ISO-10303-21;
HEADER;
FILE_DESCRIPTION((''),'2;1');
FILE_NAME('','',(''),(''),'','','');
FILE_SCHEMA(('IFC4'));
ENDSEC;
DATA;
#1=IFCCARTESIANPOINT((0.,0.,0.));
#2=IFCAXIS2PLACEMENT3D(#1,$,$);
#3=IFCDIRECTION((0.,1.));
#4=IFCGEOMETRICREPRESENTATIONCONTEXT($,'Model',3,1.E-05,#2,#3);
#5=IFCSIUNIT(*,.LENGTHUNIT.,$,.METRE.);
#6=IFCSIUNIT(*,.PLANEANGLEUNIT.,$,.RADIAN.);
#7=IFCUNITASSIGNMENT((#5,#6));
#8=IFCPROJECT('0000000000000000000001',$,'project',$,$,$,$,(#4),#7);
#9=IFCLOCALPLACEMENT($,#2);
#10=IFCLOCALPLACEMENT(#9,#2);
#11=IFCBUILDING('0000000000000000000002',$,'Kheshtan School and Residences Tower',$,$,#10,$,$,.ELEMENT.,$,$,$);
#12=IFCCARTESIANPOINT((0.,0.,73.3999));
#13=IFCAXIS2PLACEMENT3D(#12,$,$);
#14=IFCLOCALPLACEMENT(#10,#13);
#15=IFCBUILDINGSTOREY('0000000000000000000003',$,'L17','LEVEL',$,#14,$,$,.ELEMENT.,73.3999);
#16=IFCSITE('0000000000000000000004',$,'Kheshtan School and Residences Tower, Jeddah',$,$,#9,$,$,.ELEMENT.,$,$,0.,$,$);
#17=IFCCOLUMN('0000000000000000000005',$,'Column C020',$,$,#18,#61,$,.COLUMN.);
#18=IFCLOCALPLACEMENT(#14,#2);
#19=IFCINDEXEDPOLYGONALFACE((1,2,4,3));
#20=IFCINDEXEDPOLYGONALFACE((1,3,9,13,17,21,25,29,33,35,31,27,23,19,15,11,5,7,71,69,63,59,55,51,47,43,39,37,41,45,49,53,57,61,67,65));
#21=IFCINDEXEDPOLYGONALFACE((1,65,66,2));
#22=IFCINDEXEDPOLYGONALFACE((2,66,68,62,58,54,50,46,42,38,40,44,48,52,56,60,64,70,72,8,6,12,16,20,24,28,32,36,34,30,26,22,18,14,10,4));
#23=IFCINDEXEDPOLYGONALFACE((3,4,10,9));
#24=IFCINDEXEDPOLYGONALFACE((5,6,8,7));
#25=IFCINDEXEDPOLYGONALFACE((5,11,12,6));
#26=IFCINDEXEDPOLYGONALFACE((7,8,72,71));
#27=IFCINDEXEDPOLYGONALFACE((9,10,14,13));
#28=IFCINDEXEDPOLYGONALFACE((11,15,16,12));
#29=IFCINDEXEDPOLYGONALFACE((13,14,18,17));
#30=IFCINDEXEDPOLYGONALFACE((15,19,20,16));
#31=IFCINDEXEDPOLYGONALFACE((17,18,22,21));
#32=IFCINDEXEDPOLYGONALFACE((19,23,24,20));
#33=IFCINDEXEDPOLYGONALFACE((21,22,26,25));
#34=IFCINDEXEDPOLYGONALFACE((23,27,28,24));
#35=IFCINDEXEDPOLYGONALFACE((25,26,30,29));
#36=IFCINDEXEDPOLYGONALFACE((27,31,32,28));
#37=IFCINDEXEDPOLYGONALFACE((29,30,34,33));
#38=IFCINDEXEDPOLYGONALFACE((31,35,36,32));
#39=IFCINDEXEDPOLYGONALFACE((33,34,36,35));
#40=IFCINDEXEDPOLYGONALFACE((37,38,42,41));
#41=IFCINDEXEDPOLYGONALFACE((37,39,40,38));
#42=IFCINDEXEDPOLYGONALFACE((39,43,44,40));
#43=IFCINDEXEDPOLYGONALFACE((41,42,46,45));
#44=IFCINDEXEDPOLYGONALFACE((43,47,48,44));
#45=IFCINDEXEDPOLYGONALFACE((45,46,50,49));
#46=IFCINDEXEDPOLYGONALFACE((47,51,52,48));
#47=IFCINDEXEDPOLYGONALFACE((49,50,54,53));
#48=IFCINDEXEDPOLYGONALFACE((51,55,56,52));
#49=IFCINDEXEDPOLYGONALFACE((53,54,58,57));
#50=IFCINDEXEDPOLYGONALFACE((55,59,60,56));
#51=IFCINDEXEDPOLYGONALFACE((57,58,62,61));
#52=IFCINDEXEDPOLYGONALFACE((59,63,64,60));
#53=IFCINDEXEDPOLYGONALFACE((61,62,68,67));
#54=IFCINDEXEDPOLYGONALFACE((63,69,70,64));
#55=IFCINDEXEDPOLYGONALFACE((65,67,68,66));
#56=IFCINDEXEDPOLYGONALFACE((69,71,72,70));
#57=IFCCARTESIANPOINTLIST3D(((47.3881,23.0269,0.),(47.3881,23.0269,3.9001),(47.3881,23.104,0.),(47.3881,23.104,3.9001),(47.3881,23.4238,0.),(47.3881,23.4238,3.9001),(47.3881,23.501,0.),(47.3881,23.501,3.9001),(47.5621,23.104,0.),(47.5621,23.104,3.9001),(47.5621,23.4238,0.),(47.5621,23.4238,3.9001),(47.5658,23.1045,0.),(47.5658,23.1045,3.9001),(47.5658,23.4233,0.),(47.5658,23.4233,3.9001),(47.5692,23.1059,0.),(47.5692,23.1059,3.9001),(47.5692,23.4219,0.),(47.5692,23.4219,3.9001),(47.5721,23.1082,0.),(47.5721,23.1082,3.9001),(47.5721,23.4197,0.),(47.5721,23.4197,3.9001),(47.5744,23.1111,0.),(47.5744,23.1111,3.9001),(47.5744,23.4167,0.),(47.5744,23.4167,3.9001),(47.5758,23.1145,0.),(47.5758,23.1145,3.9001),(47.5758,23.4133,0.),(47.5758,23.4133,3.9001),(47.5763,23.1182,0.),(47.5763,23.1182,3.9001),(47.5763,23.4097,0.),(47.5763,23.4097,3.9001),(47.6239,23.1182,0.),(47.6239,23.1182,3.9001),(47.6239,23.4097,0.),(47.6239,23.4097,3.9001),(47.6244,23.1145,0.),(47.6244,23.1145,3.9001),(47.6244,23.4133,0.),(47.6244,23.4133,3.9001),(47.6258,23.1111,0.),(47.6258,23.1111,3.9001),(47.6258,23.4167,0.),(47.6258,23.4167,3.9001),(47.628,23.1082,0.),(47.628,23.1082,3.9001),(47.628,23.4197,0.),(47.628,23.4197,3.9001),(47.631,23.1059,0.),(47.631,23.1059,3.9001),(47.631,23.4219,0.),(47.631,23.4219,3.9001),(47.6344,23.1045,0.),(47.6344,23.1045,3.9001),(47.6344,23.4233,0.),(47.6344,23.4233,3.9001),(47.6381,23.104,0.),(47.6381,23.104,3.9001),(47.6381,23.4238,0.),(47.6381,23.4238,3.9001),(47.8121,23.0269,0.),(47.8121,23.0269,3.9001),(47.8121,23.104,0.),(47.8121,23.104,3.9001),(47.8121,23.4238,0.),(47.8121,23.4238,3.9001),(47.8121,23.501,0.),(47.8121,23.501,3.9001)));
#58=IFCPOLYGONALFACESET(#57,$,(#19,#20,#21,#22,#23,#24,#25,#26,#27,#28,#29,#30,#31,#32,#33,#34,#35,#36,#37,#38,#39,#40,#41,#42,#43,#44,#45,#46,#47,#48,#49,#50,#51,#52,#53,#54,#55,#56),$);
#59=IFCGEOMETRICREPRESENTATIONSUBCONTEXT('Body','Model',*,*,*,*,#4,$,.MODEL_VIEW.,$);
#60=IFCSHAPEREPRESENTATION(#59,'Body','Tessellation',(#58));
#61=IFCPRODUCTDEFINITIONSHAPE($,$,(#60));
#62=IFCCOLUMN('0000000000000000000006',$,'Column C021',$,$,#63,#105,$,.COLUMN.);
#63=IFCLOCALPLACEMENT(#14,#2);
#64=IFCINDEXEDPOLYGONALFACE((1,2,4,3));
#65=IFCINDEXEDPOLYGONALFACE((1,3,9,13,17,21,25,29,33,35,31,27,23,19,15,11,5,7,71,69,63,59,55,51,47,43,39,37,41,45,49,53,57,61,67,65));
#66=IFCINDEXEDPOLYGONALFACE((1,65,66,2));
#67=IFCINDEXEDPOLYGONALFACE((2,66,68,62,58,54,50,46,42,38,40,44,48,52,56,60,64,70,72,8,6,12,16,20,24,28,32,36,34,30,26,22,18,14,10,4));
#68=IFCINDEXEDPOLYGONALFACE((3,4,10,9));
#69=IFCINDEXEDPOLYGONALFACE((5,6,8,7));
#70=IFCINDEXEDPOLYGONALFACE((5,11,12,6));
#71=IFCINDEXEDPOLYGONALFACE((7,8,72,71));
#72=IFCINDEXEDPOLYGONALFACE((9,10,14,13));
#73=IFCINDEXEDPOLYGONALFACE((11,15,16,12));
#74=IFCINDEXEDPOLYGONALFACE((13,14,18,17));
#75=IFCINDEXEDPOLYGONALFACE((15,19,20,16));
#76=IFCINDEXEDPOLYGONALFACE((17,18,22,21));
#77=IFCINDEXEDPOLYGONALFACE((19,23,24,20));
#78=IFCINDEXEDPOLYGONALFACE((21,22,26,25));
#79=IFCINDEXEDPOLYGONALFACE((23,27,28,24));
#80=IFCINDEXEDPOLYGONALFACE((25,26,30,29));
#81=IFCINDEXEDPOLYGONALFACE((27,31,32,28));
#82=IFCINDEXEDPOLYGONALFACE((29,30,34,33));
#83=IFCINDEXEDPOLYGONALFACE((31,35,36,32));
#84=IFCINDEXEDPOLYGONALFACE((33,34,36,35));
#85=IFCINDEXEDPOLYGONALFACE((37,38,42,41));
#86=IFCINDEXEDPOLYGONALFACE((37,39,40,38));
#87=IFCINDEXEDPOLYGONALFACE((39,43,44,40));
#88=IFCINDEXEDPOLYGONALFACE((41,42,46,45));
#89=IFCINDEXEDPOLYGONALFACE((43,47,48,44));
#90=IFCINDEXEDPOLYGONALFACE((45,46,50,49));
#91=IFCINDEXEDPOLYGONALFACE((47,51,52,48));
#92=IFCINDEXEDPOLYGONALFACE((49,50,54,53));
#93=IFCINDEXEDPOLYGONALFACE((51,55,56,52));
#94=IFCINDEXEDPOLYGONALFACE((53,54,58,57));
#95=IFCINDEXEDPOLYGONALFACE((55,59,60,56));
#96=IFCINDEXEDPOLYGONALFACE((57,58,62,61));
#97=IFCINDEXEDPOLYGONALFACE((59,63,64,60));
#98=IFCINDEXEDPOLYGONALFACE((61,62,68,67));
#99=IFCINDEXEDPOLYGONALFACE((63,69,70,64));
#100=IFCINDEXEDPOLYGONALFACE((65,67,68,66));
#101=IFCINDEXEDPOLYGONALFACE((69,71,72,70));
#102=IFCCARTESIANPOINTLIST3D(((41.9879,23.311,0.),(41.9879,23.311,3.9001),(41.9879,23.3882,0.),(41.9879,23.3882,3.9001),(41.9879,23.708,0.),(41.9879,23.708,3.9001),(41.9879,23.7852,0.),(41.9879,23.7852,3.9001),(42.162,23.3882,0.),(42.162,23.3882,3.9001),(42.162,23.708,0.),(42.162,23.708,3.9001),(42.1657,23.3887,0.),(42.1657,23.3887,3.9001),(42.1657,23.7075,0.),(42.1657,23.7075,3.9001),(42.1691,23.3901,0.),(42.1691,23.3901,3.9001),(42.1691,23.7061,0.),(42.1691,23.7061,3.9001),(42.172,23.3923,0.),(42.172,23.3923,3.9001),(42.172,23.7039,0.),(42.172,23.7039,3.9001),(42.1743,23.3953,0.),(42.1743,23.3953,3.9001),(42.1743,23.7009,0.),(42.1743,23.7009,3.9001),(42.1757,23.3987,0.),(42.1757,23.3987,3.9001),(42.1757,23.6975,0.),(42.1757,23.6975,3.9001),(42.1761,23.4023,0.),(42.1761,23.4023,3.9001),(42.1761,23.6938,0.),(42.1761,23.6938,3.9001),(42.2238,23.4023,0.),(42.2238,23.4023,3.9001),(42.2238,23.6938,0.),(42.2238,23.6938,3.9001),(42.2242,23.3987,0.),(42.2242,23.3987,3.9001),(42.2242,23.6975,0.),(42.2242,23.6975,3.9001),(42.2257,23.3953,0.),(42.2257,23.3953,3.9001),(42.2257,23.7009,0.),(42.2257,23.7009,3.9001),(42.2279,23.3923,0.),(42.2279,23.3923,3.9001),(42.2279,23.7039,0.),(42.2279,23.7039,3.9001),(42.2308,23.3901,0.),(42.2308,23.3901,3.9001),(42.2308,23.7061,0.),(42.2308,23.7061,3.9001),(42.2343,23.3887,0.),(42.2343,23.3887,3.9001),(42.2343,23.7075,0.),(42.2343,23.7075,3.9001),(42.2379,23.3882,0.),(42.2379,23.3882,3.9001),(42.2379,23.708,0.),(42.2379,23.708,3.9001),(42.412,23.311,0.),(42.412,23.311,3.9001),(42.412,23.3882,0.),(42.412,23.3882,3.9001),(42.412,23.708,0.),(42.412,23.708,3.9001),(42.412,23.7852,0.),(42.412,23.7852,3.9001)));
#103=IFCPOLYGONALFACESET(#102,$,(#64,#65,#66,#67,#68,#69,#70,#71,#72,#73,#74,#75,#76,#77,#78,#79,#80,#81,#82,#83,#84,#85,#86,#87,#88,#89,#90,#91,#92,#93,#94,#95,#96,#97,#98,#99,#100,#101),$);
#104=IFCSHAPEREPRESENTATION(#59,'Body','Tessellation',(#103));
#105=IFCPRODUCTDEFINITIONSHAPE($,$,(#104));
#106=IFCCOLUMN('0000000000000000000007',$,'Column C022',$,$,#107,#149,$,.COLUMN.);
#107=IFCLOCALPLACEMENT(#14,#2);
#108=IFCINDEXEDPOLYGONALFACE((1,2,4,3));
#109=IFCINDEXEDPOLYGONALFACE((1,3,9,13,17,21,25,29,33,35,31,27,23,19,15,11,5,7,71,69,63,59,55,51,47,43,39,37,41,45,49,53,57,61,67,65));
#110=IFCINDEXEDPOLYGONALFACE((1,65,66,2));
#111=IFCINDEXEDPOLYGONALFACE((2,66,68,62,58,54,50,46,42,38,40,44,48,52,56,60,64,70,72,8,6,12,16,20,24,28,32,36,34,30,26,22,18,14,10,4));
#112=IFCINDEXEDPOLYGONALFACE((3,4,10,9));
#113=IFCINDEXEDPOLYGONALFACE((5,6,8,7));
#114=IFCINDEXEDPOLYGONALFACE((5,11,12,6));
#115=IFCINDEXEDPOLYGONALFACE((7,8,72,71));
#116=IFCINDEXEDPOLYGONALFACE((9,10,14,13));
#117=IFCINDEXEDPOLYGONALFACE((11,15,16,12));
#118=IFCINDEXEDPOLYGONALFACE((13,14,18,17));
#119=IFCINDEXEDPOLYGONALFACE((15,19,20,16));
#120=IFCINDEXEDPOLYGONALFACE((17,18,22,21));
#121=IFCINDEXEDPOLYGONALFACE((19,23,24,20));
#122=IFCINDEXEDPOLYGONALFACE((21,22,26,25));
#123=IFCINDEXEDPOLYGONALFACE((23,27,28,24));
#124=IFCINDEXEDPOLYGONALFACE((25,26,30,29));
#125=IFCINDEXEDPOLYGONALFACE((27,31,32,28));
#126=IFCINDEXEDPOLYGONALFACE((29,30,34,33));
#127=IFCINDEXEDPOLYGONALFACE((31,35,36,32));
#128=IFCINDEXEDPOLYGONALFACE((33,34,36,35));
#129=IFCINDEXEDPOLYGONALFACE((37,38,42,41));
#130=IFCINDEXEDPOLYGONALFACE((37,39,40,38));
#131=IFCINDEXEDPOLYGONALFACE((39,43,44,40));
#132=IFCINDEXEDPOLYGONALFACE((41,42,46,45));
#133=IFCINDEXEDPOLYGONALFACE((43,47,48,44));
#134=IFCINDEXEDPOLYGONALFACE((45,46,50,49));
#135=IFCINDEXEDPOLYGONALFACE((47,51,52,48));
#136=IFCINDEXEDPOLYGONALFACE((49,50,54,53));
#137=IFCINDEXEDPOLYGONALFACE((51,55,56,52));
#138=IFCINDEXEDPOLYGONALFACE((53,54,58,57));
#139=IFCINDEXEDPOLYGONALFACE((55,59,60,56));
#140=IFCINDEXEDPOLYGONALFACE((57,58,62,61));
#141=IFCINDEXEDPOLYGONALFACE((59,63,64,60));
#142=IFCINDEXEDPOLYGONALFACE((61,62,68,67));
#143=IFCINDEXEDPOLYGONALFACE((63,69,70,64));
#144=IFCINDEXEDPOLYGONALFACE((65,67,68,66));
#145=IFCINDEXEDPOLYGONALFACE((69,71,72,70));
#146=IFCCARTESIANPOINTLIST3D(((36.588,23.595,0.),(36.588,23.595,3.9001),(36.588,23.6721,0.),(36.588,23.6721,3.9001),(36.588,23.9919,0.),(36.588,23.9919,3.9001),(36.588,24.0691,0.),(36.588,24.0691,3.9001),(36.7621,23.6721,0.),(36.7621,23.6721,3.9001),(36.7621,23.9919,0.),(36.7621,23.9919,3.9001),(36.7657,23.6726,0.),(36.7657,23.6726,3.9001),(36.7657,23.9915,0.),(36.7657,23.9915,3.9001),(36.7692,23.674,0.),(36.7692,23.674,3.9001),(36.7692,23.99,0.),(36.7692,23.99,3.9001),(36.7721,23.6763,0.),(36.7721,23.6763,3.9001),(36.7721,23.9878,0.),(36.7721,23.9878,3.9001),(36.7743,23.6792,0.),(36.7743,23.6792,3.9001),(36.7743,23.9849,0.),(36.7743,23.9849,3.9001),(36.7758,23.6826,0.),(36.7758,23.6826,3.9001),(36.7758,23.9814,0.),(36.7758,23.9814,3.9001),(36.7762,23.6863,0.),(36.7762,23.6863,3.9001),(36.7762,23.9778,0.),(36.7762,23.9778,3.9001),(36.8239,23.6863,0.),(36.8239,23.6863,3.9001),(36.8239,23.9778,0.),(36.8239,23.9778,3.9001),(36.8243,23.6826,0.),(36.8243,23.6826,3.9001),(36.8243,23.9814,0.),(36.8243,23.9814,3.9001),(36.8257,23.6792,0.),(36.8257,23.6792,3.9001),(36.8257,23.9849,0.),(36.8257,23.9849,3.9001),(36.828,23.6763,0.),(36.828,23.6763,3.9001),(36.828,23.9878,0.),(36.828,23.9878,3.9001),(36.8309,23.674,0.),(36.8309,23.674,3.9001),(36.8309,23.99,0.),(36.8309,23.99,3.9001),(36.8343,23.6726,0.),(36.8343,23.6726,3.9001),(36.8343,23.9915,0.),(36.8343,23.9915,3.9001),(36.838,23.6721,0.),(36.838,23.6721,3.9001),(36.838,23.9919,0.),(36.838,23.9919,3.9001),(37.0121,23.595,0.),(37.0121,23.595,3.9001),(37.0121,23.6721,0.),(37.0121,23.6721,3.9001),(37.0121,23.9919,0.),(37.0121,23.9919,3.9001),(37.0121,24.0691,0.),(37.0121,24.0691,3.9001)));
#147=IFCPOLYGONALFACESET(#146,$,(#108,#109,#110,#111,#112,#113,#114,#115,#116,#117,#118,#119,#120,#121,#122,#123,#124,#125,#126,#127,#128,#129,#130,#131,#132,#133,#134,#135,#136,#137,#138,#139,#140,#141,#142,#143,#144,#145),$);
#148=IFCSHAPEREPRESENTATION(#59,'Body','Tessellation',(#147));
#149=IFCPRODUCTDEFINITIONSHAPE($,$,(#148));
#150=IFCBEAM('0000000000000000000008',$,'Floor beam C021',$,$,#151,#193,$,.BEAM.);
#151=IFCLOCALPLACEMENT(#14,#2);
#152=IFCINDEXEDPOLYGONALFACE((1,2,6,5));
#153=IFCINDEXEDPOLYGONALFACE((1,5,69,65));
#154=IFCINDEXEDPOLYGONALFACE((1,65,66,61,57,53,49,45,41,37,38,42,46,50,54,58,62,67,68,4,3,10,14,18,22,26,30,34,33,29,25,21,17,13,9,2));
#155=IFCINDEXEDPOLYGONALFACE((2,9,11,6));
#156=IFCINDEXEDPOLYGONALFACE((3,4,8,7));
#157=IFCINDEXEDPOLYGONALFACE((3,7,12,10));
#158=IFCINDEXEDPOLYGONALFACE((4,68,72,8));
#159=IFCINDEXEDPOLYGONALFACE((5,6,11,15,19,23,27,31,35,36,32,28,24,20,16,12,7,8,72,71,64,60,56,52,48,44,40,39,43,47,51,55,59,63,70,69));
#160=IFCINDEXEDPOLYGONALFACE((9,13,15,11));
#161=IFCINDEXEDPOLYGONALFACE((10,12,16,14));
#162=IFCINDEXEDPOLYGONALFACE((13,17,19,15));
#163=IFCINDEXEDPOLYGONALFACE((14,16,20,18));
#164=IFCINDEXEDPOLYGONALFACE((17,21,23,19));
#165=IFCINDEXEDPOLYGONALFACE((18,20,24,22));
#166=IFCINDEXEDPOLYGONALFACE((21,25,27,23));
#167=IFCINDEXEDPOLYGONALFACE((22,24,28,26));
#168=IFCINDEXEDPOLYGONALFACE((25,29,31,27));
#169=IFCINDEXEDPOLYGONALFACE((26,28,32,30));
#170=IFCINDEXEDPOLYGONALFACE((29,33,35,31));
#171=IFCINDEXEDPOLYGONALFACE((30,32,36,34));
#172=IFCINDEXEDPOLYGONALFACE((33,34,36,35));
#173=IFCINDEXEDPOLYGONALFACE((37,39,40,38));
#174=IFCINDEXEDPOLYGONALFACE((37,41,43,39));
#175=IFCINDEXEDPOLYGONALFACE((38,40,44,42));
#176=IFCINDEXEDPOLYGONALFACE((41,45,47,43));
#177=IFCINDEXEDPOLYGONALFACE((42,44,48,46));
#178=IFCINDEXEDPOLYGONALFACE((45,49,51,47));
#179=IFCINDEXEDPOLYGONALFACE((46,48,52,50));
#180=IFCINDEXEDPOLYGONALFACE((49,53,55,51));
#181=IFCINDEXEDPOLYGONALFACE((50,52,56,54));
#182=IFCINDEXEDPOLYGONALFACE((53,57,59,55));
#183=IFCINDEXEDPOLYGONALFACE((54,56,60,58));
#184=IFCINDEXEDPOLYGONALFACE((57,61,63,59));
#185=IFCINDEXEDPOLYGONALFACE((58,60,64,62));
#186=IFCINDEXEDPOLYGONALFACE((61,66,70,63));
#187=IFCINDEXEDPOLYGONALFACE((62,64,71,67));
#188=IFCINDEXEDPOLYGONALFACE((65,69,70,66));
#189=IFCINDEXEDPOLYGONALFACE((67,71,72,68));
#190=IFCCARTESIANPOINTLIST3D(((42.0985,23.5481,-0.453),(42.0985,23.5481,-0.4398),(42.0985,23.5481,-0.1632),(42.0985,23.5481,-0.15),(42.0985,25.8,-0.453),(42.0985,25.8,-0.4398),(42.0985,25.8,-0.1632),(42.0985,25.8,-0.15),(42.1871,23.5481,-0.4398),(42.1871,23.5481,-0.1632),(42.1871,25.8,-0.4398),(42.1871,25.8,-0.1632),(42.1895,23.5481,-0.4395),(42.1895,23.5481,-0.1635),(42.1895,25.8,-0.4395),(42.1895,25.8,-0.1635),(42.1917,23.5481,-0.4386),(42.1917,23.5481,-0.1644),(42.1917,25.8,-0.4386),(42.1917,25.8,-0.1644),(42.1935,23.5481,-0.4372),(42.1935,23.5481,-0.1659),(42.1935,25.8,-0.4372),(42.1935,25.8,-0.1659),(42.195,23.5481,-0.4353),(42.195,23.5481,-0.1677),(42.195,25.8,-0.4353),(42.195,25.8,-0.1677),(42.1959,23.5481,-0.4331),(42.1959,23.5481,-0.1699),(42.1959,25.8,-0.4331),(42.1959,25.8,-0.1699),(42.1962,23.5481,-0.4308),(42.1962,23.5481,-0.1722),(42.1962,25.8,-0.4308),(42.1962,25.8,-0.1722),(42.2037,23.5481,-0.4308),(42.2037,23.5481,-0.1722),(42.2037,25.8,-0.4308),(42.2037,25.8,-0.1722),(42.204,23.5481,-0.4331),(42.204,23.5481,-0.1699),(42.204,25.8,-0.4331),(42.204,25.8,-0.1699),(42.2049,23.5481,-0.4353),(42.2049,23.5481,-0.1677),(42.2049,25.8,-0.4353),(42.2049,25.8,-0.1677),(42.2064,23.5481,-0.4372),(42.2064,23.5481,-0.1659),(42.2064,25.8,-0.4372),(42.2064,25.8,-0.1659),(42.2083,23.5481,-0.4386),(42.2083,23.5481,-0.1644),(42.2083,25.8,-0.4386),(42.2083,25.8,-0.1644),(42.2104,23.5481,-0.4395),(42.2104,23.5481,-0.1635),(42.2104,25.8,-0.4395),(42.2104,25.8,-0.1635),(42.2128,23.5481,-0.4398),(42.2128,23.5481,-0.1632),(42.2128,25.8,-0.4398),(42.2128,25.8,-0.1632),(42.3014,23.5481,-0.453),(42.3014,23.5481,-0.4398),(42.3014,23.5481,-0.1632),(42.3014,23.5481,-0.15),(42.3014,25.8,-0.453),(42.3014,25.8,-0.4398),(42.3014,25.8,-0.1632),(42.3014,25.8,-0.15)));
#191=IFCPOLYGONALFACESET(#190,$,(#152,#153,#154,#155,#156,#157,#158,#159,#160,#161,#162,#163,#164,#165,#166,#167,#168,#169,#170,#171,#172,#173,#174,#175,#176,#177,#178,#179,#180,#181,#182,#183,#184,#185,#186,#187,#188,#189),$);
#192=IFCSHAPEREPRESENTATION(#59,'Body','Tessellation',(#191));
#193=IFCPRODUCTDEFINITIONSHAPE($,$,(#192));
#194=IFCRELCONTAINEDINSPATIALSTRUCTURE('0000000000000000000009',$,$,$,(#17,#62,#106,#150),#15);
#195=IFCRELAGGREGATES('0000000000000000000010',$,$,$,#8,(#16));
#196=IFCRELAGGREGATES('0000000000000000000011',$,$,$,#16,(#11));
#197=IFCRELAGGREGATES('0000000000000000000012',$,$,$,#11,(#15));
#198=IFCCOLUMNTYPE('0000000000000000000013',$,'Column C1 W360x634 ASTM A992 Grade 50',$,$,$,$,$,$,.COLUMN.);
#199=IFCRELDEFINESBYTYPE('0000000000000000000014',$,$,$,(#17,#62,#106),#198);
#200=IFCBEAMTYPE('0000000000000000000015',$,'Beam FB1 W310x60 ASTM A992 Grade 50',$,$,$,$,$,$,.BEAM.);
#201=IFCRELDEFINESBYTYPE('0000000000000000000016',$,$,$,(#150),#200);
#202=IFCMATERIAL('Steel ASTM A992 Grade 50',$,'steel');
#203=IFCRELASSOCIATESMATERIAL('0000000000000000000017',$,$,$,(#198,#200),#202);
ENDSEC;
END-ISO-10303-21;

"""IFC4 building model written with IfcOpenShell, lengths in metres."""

from ifc_helpers import new_model, si_unit, direction, frame, origin, origin_2d, place, context, subcontext, project, spatial, i_section, extrude, material, material_profile, profile_set, type_object, element, save


model = new_model("IFC4")

# Units and contexts
model_context = context("Model", 3, precision=1e-05, world=origin(), true_north=direction((0.0, 1.0)))
body_context = subcontext(model_context, "Body", "Model", "MODEL_VIEW")
ifc_project = project(units=[si_unit("LENGTHUNIT", "METRE"), si_unit("PLANEANGLEUNIT", "RADIAN")], contexts=[model_context])

# Site, building, storey
site_placement = place(None, origin())
site = spatial("IfcSite", under=ifc_project, at=site_placement, Name="Kheshtan School and Residences Tower, Jeddah", CompositionType="ELEMENT", RefElevation=0.0)
building_placement = place(site_placement, origin())
building = spatial("IfcBuilding", under=site, at=building_placement, Name="Kheshtan School and Residences Tower", CompositionType="ELEMENT")
storey_placement = place(building_placement, frame((0.0, 0.0, 73.3999)))
storey = spatial("IfcBuildingStorey", under=building, at=storey_placement, Name="L17", Description="LEVEL", CompositionType="ELEMENT", Elevation=73.3999)

# Columns
ifc_material_1 = material(Name="Steel ASTM A992 Grade 50", Category="steel")
ifc_material_profile_1 = material_profile(ifc_material_1, i_section(OverallWidth=0.4241, OverallDepth=0.4741, WebThickness=0.0476, FlangeThickness=0.0771, FilletRadius=0.0142, at=origin_2d()), Name="W360x634")
ifc_profile_set_1 = profile_set([ifc_material_profile_1], Name="Steel ASTM A992 Grade 50")
column_type = type_object("IfcColumnType", Name="Column C1 W360x634 ASTM A992 Grade 50", PredefinedType="COLUMN", material=ifc_profile_set_1)
for number, where, z_axis, x_axis, name in (
    (1, (47.6001, 23.2639, 0.0), (0.0, 0.0, 1.0), (1.0, 0.0, 0.0), "Column C020"),
    (2, (42.2, 23.5481, 0.0), (0.0, 0.0, 1.0), (1.0, 0.0, 0.0), "Column C021"),
    (3, (36.8, 23.832, 0.0), (0.0, 0.0, 1.0), (1.0, 0.0, 0.0), "Column C022"),
):
    element("IfcColumn", number, at=place(storey_placement, frame(where, z_axis=z_axis, x_axis=x_axis)), inside=storey, type_object=column_type, Name=name, PredefinedType="COLUMN", context=body_context, shape_type="SweptSolid", body=[
        extrude(i_section(OverallWidth=0.4241, OverallDepth=0.4741, WebThickness=0.0476, FlangeThickness=0.0771, FilletRadius=0.0142, at=origin_2d()), origin(), (0.0, 0.0, 1.0), 3.9001),
    ])

# Beam
ifc_material_profile_2 = material_profile(ifc_material_1, i_section(OverallWidth=0.2029, OverallDepth=0.303, WebThickness=0.0076, FlangeThickness=0.0132, FilletRadius=0.009, at=origin_2d()), Name="W310x60")
ifc_profile_set_2 = profile_set([ifc_material_profile_2], Name="Steel ASTM A992 Grade 50")
beam_type_1 = type_object("IfcBeamType", Name="Beam FB1 W310x60 ASTM A992 Grade 50", PredefinedType="BEAM", material=ifc_profile_set_2)
beam_1_placement = place(storey_placement, frame((42.2, 23.5481, -0.3015), z_axis=(0.0, 1.0, 0.0), x_axis=(-1.0, 0.0, 0.0)))
element("IfcBeam", 4, at=beam_1_placement, inside=storey, type_object=beam_type_1, Name="Floor beam C021", PredefinedType="BEAM", context=body_context, shape_type="SweptSolid", body=[
    extrude(i_section(OverallWidth=0.2029, OverallDepth=0.303, WebThickness=0.0076, FlangeThickness=0.0132, FilletRadius=0.009, at=origin_2d()), origin(), (0.0, 0.0, 1.0), 2.252),
])

save(model, "model.ifc")
